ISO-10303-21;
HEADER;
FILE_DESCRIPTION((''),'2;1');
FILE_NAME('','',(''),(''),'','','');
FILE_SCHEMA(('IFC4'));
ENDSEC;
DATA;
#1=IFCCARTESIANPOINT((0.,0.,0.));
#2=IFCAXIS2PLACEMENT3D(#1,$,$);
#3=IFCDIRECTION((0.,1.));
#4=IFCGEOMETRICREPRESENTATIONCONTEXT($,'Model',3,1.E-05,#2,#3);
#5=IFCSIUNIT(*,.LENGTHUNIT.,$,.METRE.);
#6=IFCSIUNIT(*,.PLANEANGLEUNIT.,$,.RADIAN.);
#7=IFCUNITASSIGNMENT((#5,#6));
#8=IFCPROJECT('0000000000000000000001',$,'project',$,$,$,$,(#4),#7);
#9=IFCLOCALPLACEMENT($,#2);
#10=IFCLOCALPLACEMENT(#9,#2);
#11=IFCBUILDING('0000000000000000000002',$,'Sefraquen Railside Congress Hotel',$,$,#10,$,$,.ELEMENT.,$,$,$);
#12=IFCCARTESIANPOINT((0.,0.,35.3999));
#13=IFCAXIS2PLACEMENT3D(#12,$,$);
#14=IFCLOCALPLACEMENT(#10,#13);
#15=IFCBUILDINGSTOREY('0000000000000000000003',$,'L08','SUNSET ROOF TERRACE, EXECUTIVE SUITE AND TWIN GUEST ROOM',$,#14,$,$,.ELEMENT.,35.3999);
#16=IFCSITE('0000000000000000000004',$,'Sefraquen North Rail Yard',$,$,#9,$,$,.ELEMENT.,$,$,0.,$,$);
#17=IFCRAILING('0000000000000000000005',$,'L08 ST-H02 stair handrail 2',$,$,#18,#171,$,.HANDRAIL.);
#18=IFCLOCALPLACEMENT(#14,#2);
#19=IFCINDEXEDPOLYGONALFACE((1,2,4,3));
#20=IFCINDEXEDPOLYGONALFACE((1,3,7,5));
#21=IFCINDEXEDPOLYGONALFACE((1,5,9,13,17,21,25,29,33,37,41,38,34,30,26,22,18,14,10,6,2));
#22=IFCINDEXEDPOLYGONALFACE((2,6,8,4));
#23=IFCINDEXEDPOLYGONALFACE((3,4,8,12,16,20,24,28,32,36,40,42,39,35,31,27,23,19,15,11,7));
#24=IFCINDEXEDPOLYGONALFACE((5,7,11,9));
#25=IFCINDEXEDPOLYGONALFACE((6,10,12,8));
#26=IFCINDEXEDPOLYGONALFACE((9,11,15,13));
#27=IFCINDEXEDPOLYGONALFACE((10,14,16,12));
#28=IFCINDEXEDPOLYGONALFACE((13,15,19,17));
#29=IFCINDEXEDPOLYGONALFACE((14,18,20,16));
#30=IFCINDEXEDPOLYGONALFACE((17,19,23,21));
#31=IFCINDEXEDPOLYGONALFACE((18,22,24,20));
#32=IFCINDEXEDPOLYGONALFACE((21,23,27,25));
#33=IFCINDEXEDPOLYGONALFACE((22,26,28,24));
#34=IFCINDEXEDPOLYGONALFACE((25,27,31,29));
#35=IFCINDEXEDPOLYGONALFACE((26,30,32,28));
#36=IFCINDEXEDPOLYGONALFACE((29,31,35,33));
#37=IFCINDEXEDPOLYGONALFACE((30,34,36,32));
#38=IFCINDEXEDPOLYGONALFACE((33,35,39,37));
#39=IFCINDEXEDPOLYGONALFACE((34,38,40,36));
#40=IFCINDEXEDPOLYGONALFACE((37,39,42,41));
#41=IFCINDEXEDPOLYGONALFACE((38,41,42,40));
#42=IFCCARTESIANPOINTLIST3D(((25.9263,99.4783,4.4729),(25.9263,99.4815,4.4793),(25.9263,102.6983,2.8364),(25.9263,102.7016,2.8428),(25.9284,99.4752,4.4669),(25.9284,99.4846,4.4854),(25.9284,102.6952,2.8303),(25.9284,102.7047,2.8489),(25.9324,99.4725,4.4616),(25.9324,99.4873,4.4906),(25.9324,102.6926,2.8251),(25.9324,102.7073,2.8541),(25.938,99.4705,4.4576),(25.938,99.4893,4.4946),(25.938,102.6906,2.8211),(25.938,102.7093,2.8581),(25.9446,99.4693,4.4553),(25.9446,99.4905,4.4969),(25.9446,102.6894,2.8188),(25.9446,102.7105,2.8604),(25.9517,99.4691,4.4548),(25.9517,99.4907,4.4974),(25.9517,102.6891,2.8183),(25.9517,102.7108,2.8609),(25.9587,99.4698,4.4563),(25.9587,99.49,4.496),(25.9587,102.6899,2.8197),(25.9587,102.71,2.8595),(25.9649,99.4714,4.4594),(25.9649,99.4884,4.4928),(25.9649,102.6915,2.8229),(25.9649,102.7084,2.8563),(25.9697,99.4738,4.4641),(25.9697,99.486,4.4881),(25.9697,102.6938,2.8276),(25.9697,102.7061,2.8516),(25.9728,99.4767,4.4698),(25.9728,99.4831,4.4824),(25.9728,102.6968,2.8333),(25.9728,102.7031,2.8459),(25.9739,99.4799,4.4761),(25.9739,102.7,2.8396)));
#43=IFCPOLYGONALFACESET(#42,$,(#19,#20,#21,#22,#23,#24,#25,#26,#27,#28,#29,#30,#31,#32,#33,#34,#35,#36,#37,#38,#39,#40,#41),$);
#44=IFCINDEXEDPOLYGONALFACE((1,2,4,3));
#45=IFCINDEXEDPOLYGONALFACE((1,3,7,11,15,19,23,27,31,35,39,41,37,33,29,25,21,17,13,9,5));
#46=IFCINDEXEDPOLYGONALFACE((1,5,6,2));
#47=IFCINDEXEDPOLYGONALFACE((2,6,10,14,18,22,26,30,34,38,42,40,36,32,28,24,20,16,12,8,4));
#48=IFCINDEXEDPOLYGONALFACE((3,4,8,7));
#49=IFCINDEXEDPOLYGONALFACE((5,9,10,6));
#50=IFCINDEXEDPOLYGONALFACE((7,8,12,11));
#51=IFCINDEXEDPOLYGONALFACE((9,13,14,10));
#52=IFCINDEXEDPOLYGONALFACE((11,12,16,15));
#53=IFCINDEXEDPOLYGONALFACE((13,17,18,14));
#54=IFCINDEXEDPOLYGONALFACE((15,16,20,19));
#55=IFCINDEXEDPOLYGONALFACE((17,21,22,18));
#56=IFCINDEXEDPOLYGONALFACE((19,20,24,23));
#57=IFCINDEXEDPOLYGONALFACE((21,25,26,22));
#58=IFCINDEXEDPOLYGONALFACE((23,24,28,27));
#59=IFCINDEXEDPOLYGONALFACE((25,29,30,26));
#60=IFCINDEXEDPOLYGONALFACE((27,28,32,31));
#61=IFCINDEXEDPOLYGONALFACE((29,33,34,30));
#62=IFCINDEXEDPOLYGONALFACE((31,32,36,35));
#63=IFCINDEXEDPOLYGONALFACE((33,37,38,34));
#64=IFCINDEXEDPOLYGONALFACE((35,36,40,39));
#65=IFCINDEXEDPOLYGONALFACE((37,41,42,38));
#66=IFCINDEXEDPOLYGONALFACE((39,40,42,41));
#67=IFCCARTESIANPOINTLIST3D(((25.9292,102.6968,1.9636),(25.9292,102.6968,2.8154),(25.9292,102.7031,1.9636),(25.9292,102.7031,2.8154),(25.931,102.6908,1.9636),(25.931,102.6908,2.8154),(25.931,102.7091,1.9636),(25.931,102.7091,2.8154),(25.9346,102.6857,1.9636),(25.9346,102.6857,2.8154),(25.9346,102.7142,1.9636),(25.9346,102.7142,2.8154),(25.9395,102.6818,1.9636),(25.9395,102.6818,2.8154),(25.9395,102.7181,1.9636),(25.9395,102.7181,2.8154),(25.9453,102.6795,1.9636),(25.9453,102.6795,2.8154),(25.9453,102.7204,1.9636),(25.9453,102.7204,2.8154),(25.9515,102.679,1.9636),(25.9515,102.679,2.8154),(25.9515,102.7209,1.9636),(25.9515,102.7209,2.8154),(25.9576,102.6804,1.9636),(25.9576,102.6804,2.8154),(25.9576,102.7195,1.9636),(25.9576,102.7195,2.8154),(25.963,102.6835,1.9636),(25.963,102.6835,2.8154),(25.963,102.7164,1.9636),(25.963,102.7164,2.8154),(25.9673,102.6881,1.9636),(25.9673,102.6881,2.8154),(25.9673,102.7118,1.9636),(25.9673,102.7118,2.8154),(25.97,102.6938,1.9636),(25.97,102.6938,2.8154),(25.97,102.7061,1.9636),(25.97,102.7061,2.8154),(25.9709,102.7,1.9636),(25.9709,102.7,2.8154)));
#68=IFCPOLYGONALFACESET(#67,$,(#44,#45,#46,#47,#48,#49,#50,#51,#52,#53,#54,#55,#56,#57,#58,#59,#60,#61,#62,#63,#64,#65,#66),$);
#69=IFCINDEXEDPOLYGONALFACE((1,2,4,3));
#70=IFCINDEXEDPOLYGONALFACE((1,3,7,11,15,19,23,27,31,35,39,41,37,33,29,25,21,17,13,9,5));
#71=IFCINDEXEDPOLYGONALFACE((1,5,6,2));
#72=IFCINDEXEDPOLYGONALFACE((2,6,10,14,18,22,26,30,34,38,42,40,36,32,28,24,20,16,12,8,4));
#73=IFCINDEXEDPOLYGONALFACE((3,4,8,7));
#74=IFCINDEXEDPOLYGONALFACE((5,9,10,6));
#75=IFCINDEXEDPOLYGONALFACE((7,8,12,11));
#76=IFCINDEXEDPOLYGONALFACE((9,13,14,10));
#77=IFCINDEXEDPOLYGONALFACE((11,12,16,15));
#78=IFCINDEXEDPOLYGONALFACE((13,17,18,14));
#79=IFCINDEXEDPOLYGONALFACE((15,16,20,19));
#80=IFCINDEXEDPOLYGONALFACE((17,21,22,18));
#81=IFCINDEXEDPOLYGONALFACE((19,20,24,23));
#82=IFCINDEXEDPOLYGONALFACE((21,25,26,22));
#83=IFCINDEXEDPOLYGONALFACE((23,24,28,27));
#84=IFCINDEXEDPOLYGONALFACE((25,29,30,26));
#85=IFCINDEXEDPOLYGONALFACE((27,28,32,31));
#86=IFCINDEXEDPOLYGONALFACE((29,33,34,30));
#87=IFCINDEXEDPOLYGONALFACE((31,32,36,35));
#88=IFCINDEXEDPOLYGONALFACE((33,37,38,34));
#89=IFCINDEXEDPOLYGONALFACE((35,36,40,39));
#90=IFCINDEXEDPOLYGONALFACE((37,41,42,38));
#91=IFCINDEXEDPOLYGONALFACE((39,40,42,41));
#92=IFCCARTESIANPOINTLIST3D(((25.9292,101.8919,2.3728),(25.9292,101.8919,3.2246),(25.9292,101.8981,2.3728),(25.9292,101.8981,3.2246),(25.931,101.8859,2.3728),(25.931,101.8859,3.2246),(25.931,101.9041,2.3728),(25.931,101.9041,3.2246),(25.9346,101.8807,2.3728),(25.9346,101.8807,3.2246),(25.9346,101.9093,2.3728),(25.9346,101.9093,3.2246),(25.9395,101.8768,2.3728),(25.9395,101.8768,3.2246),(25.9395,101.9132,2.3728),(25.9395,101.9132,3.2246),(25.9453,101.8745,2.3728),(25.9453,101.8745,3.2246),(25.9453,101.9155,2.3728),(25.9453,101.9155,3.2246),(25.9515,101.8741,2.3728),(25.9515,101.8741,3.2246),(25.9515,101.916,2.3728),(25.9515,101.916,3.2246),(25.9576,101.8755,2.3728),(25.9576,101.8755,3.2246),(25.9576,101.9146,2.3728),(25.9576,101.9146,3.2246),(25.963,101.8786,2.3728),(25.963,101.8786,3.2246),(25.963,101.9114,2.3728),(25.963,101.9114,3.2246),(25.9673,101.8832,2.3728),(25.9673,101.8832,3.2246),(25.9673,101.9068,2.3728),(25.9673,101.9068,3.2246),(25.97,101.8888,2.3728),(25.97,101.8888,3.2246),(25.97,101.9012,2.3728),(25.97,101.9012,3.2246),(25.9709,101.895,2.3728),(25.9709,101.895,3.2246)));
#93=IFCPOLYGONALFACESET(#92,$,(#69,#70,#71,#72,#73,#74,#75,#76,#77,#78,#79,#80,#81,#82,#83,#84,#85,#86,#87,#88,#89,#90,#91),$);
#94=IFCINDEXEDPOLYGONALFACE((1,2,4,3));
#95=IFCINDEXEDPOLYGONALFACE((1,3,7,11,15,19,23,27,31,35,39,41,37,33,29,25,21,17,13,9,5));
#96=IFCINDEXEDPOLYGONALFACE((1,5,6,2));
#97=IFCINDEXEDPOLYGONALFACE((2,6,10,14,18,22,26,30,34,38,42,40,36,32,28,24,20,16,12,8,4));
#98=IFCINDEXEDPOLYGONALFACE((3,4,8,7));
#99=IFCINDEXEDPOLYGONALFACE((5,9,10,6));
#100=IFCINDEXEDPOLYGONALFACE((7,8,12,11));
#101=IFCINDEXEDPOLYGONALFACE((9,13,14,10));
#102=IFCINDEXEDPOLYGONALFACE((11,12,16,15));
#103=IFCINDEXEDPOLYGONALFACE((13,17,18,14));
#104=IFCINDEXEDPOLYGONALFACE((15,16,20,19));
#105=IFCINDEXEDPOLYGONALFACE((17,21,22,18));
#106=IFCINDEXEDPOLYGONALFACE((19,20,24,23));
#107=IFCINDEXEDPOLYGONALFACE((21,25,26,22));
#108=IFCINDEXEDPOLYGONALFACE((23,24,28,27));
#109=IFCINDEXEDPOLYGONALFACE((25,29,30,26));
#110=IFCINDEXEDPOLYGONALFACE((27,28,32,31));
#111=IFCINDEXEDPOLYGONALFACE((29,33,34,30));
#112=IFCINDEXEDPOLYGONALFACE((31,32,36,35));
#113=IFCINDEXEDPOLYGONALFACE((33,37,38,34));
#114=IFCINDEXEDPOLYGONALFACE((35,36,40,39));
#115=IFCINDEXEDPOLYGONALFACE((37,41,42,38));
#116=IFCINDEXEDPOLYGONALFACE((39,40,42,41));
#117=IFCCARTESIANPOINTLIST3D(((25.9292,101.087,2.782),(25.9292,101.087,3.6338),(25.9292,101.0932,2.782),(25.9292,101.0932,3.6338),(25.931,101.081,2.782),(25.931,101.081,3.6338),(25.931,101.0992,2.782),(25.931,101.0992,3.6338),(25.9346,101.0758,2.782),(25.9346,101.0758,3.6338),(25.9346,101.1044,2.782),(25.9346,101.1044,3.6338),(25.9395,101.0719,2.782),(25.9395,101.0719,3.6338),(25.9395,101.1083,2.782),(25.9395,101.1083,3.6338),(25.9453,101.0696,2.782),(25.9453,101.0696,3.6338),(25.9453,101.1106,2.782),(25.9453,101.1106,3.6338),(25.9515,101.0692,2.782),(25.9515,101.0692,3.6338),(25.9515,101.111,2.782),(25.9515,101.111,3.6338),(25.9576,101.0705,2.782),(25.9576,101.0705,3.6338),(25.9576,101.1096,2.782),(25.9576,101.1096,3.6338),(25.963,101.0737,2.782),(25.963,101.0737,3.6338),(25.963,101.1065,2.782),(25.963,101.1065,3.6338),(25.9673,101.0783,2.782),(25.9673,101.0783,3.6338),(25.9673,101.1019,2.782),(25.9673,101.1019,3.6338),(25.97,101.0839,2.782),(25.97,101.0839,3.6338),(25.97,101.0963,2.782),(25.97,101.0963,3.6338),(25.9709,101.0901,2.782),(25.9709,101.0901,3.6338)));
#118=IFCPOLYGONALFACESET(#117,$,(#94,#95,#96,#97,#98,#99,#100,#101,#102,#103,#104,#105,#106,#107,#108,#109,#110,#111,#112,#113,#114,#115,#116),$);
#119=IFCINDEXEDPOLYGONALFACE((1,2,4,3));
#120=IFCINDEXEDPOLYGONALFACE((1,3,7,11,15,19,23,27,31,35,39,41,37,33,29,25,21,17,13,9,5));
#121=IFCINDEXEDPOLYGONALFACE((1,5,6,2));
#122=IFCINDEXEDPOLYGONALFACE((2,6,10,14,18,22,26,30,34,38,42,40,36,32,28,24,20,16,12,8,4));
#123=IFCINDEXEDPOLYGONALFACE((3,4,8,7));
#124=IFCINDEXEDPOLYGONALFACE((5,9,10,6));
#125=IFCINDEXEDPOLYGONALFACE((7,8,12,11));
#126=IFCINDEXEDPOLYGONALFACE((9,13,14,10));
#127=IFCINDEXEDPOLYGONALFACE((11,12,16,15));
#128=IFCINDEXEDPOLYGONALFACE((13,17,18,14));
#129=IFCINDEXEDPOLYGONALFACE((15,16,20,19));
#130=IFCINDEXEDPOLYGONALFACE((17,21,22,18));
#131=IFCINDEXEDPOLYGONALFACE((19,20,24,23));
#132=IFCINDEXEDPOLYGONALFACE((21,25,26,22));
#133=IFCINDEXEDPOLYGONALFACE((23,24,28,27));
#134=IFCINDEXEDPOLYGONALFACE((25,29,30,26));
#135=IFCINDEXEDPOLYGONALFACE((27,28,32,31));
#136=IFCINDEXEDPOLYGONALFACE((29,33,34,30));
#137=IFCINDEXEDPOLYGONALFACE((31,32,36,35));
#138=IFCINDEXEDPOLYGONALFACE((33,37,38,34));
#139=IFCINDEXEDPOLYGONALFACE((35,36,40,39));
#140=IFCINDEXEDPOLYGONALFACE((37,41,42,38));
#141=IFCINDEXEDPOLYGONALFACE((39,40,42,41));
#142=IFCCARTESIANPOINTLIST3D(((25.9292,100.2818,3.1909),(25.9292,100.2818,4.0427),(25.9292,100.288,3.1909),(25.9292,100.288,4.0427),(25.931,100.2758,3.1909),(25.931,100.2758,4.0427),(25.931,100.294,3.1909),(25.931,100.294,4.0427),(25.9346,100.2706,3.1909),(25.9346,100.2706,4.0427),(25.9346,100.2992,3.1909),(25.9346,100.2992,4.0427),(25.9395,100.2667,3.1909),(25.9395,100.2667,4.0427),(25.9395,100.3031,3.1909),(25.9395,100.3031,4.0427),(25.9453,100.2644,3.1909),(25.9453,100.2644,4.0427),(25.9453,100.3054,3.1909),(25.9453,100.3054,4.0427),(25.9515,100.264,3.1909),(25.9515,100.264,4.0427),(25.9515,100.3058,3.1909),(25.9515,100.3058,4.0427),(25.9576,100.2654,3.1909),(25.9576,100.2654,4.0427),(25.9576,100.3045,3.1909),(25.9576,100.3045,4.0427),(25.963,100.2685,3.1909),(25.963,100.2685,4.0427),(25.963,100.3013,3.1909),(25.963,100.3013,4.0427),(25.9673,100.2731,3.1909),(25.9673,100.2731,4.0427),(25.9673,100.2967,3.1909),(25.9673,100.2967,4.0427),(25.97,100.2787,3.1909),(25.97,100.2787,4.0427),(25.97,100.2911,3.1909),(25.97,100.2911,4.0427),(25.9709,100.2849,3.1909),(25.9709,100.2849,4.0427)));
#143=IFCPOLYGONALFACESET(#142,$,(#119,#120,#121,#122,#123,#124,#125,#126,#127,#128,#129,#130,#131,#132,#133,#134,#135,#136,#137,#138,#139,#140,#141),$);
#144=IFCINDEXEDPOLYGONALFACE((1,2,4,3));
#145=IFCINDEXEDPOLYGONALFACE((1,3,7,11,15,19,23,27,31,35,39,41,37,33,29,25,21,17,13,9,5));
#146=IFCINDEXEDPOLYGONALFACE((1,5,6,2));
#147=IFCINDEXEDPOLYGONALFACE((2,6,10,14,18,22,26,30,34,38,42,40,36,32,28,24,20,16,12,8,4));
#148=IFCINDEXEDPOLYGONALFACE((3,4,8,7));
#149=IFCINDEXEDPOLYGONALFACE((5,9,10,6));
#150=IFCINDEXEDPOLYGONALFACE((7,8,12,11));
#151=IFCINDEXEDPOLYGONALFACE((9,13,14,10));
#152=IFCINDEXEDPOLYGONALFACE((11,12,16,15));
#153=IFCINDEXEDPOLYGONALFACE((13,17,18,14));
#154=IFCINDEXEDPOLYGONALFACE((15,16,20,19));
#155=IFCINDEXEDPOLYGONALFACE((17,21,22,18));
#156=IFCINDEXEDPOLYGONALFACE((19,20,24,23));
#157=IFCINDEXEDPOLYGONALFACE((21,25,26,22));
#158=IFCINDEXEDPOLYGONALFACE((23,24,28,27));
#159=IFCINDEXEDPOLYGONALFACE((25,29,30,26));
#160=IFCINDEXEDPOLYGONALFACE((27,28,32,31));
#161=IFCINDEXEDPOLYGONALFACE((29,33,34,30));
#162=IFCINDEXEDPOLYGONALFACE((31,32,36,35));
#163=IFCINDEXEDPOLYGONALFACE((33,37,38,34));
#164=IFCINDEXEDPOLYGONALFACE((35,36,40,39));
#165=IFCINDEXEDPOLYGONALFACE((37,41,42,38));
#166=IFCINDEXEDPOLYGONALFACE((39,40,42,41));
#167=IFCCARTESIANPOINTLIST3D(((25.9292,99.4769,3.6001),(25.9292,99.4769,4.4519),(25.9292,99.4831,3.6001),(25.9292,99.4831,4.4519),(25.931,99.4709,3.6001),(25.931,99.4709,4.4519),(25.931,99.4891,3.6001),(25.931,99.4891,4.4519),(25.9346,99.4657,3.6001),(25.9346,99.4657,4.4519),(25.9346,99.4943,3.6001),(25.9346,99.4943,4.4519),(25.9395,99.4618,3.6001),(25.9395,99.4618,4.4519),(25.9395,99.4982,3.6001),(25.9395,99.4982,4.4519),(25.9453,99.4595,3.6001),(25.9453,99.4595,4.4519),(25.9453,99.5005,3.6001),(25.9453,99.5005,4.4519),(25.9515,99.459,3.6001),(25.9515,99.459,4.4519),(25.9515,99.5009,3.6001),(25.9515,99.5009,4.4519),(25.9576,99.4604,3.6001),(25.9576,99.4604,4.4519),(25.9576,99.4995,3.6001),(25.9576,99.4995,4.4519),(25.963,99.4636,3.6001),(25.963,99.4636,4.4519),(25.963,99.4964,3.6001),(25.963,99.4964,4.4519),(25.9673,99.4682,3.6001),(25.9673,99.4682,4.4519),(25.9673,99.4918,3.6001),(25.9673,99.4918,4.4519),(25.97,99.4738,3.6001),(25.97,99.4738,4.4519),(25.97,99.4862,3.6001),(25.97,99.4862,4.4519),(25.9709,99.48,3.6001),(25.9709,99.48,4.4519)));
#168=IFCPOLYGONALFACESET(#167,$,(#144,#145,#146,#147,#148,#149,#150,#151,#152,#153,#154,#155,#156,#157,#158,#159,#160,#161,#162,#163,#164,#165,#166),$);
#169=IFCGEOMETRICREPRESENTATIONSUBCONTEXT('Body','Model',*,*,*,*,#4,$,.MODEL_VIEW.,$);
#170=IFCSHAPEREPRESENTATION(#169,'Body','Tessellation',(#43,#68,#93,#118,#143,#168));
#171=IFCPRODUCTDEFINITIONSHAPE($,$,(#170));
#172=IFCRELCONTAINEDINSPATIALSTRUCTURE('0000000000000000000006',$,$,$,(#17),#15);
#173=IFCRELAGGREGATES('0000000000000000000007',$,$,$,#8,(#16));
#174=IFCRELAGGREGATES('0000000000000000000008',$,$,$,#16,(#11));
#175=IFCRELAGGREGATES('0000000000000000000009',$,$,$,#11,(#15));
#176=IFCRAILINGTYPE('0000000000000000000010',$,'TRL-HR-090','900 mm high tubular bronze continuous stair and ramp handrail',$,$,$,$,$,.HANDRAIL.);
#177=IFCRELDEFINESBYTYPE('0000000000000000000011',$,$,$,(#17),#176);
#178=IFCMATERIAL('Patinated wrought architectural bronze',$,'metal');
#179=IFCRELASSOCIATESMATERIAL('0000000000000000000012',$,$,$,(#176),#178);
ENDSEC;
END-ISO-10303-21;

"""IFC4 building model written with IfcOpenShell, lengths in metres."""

from ifc_helpers import new_model, si_unit, direction, frame, origin, origin_2d, place, context, subcontext, project, spatial, circle, extrude, material, type_object, element, save


model = new_model("IFC4")

# Units and contexts
model_context = context("Model", 3, precision=1e-05, world=origin(), true_north=direction((0.0, 1.0)))
body_context = subcontext(model_context, "Body", "Model", "MODEL_VIEW")
ifc_project = project(units=[si_unit("LENGTHUNIT", "METRE"), si_unit("PLANEANGLEUNIT", "RADIAN")], contexts=[model_context])

# Site, building, storey
site_placement = place(None, origin())
site = spatial("IfcSite", under=ifc_project, at=site_placement, Name="Sefraquen North Rail Yard", CompositionType="ELEMENT", RefElevation=0.0)
building_placement = place(site_placement, origin())
building = spatial("IfcBuilding", under=site, at=building_placement, Name="Sefraquen Railside Congress Hotel", CompositionType="ELEMENT")
storey_placement = place(building_placement, frame((0.0, 0.0, 35.3999)))
storey = spatial("IfcBuildingStorey", under=building, at=storey_placement, Name="L08", Description="SUNSET ROOF TERRACE, EXECUTIVE SUITE AND TWIN GUEST ROOM", CompositionType="ELEMENT", Elevation=35.3999)

# Railing
ifc_material_1 = material(Name="Patinated wrought architectural bronze", Category="metal")
railing_type_1 = type_object("IfcRailingType", Name="TRL-HR-090", Description="900 mm high tubular bronze continuous stair and ramp handrail", PredefinedType="HANDRAIL", material=ifc_material_1)
railing_1_placement = place(storey_placement, frame((25.95, 102.7, 1.9636)))
element("IfcRailing", 1, at=railing_1_placement, inside=storey, type_object=railing_type_1, Name="L08 ST-H02 stair handrail 2", PredefinedType="HANDRAIL", context=body_context, shape_type="SweptSolid", body=[
    extrude(circle(Radius=0.0239, at=origin_2d()), frame((0.0, 0.0, 0.876), z_axis=(0.0, -0.891474, 0.453071), x_axis=(1.0, 0.0, 0.0)), (0.0, 0.0, 1.0), 3.6121),
    extrude(circle(Radius=0.021, at=origin_2d()), origin(), (0.0, 0.0, 1.0), 0.8518),
    extrude(circle(Radius=0.021, at=origin_2d()), frame((0.0, -0.8049, 0.4092)), (0.0, 0.0, 1.0), 0.8518),
    extrude(circle(Radius=0.021, at=origin_2d()), frame((0.0, -1.6099, 0.8184)), (0.0, 0.0, 1.0), 0.8518),
    extrude(circle(Radius=0.021, at=origin_2d()), frame((0.0, -2.415, 1.2273)), (0.0, 0.0, 1.0), 0.8518),
    extrude(circle(Radius=0.021, at=origin_2d()), frame((0.0, -3.22, 1.6365)), (0.0, 0.0, 1.0), 0.8518),
])

save(model, "model.ifc")
